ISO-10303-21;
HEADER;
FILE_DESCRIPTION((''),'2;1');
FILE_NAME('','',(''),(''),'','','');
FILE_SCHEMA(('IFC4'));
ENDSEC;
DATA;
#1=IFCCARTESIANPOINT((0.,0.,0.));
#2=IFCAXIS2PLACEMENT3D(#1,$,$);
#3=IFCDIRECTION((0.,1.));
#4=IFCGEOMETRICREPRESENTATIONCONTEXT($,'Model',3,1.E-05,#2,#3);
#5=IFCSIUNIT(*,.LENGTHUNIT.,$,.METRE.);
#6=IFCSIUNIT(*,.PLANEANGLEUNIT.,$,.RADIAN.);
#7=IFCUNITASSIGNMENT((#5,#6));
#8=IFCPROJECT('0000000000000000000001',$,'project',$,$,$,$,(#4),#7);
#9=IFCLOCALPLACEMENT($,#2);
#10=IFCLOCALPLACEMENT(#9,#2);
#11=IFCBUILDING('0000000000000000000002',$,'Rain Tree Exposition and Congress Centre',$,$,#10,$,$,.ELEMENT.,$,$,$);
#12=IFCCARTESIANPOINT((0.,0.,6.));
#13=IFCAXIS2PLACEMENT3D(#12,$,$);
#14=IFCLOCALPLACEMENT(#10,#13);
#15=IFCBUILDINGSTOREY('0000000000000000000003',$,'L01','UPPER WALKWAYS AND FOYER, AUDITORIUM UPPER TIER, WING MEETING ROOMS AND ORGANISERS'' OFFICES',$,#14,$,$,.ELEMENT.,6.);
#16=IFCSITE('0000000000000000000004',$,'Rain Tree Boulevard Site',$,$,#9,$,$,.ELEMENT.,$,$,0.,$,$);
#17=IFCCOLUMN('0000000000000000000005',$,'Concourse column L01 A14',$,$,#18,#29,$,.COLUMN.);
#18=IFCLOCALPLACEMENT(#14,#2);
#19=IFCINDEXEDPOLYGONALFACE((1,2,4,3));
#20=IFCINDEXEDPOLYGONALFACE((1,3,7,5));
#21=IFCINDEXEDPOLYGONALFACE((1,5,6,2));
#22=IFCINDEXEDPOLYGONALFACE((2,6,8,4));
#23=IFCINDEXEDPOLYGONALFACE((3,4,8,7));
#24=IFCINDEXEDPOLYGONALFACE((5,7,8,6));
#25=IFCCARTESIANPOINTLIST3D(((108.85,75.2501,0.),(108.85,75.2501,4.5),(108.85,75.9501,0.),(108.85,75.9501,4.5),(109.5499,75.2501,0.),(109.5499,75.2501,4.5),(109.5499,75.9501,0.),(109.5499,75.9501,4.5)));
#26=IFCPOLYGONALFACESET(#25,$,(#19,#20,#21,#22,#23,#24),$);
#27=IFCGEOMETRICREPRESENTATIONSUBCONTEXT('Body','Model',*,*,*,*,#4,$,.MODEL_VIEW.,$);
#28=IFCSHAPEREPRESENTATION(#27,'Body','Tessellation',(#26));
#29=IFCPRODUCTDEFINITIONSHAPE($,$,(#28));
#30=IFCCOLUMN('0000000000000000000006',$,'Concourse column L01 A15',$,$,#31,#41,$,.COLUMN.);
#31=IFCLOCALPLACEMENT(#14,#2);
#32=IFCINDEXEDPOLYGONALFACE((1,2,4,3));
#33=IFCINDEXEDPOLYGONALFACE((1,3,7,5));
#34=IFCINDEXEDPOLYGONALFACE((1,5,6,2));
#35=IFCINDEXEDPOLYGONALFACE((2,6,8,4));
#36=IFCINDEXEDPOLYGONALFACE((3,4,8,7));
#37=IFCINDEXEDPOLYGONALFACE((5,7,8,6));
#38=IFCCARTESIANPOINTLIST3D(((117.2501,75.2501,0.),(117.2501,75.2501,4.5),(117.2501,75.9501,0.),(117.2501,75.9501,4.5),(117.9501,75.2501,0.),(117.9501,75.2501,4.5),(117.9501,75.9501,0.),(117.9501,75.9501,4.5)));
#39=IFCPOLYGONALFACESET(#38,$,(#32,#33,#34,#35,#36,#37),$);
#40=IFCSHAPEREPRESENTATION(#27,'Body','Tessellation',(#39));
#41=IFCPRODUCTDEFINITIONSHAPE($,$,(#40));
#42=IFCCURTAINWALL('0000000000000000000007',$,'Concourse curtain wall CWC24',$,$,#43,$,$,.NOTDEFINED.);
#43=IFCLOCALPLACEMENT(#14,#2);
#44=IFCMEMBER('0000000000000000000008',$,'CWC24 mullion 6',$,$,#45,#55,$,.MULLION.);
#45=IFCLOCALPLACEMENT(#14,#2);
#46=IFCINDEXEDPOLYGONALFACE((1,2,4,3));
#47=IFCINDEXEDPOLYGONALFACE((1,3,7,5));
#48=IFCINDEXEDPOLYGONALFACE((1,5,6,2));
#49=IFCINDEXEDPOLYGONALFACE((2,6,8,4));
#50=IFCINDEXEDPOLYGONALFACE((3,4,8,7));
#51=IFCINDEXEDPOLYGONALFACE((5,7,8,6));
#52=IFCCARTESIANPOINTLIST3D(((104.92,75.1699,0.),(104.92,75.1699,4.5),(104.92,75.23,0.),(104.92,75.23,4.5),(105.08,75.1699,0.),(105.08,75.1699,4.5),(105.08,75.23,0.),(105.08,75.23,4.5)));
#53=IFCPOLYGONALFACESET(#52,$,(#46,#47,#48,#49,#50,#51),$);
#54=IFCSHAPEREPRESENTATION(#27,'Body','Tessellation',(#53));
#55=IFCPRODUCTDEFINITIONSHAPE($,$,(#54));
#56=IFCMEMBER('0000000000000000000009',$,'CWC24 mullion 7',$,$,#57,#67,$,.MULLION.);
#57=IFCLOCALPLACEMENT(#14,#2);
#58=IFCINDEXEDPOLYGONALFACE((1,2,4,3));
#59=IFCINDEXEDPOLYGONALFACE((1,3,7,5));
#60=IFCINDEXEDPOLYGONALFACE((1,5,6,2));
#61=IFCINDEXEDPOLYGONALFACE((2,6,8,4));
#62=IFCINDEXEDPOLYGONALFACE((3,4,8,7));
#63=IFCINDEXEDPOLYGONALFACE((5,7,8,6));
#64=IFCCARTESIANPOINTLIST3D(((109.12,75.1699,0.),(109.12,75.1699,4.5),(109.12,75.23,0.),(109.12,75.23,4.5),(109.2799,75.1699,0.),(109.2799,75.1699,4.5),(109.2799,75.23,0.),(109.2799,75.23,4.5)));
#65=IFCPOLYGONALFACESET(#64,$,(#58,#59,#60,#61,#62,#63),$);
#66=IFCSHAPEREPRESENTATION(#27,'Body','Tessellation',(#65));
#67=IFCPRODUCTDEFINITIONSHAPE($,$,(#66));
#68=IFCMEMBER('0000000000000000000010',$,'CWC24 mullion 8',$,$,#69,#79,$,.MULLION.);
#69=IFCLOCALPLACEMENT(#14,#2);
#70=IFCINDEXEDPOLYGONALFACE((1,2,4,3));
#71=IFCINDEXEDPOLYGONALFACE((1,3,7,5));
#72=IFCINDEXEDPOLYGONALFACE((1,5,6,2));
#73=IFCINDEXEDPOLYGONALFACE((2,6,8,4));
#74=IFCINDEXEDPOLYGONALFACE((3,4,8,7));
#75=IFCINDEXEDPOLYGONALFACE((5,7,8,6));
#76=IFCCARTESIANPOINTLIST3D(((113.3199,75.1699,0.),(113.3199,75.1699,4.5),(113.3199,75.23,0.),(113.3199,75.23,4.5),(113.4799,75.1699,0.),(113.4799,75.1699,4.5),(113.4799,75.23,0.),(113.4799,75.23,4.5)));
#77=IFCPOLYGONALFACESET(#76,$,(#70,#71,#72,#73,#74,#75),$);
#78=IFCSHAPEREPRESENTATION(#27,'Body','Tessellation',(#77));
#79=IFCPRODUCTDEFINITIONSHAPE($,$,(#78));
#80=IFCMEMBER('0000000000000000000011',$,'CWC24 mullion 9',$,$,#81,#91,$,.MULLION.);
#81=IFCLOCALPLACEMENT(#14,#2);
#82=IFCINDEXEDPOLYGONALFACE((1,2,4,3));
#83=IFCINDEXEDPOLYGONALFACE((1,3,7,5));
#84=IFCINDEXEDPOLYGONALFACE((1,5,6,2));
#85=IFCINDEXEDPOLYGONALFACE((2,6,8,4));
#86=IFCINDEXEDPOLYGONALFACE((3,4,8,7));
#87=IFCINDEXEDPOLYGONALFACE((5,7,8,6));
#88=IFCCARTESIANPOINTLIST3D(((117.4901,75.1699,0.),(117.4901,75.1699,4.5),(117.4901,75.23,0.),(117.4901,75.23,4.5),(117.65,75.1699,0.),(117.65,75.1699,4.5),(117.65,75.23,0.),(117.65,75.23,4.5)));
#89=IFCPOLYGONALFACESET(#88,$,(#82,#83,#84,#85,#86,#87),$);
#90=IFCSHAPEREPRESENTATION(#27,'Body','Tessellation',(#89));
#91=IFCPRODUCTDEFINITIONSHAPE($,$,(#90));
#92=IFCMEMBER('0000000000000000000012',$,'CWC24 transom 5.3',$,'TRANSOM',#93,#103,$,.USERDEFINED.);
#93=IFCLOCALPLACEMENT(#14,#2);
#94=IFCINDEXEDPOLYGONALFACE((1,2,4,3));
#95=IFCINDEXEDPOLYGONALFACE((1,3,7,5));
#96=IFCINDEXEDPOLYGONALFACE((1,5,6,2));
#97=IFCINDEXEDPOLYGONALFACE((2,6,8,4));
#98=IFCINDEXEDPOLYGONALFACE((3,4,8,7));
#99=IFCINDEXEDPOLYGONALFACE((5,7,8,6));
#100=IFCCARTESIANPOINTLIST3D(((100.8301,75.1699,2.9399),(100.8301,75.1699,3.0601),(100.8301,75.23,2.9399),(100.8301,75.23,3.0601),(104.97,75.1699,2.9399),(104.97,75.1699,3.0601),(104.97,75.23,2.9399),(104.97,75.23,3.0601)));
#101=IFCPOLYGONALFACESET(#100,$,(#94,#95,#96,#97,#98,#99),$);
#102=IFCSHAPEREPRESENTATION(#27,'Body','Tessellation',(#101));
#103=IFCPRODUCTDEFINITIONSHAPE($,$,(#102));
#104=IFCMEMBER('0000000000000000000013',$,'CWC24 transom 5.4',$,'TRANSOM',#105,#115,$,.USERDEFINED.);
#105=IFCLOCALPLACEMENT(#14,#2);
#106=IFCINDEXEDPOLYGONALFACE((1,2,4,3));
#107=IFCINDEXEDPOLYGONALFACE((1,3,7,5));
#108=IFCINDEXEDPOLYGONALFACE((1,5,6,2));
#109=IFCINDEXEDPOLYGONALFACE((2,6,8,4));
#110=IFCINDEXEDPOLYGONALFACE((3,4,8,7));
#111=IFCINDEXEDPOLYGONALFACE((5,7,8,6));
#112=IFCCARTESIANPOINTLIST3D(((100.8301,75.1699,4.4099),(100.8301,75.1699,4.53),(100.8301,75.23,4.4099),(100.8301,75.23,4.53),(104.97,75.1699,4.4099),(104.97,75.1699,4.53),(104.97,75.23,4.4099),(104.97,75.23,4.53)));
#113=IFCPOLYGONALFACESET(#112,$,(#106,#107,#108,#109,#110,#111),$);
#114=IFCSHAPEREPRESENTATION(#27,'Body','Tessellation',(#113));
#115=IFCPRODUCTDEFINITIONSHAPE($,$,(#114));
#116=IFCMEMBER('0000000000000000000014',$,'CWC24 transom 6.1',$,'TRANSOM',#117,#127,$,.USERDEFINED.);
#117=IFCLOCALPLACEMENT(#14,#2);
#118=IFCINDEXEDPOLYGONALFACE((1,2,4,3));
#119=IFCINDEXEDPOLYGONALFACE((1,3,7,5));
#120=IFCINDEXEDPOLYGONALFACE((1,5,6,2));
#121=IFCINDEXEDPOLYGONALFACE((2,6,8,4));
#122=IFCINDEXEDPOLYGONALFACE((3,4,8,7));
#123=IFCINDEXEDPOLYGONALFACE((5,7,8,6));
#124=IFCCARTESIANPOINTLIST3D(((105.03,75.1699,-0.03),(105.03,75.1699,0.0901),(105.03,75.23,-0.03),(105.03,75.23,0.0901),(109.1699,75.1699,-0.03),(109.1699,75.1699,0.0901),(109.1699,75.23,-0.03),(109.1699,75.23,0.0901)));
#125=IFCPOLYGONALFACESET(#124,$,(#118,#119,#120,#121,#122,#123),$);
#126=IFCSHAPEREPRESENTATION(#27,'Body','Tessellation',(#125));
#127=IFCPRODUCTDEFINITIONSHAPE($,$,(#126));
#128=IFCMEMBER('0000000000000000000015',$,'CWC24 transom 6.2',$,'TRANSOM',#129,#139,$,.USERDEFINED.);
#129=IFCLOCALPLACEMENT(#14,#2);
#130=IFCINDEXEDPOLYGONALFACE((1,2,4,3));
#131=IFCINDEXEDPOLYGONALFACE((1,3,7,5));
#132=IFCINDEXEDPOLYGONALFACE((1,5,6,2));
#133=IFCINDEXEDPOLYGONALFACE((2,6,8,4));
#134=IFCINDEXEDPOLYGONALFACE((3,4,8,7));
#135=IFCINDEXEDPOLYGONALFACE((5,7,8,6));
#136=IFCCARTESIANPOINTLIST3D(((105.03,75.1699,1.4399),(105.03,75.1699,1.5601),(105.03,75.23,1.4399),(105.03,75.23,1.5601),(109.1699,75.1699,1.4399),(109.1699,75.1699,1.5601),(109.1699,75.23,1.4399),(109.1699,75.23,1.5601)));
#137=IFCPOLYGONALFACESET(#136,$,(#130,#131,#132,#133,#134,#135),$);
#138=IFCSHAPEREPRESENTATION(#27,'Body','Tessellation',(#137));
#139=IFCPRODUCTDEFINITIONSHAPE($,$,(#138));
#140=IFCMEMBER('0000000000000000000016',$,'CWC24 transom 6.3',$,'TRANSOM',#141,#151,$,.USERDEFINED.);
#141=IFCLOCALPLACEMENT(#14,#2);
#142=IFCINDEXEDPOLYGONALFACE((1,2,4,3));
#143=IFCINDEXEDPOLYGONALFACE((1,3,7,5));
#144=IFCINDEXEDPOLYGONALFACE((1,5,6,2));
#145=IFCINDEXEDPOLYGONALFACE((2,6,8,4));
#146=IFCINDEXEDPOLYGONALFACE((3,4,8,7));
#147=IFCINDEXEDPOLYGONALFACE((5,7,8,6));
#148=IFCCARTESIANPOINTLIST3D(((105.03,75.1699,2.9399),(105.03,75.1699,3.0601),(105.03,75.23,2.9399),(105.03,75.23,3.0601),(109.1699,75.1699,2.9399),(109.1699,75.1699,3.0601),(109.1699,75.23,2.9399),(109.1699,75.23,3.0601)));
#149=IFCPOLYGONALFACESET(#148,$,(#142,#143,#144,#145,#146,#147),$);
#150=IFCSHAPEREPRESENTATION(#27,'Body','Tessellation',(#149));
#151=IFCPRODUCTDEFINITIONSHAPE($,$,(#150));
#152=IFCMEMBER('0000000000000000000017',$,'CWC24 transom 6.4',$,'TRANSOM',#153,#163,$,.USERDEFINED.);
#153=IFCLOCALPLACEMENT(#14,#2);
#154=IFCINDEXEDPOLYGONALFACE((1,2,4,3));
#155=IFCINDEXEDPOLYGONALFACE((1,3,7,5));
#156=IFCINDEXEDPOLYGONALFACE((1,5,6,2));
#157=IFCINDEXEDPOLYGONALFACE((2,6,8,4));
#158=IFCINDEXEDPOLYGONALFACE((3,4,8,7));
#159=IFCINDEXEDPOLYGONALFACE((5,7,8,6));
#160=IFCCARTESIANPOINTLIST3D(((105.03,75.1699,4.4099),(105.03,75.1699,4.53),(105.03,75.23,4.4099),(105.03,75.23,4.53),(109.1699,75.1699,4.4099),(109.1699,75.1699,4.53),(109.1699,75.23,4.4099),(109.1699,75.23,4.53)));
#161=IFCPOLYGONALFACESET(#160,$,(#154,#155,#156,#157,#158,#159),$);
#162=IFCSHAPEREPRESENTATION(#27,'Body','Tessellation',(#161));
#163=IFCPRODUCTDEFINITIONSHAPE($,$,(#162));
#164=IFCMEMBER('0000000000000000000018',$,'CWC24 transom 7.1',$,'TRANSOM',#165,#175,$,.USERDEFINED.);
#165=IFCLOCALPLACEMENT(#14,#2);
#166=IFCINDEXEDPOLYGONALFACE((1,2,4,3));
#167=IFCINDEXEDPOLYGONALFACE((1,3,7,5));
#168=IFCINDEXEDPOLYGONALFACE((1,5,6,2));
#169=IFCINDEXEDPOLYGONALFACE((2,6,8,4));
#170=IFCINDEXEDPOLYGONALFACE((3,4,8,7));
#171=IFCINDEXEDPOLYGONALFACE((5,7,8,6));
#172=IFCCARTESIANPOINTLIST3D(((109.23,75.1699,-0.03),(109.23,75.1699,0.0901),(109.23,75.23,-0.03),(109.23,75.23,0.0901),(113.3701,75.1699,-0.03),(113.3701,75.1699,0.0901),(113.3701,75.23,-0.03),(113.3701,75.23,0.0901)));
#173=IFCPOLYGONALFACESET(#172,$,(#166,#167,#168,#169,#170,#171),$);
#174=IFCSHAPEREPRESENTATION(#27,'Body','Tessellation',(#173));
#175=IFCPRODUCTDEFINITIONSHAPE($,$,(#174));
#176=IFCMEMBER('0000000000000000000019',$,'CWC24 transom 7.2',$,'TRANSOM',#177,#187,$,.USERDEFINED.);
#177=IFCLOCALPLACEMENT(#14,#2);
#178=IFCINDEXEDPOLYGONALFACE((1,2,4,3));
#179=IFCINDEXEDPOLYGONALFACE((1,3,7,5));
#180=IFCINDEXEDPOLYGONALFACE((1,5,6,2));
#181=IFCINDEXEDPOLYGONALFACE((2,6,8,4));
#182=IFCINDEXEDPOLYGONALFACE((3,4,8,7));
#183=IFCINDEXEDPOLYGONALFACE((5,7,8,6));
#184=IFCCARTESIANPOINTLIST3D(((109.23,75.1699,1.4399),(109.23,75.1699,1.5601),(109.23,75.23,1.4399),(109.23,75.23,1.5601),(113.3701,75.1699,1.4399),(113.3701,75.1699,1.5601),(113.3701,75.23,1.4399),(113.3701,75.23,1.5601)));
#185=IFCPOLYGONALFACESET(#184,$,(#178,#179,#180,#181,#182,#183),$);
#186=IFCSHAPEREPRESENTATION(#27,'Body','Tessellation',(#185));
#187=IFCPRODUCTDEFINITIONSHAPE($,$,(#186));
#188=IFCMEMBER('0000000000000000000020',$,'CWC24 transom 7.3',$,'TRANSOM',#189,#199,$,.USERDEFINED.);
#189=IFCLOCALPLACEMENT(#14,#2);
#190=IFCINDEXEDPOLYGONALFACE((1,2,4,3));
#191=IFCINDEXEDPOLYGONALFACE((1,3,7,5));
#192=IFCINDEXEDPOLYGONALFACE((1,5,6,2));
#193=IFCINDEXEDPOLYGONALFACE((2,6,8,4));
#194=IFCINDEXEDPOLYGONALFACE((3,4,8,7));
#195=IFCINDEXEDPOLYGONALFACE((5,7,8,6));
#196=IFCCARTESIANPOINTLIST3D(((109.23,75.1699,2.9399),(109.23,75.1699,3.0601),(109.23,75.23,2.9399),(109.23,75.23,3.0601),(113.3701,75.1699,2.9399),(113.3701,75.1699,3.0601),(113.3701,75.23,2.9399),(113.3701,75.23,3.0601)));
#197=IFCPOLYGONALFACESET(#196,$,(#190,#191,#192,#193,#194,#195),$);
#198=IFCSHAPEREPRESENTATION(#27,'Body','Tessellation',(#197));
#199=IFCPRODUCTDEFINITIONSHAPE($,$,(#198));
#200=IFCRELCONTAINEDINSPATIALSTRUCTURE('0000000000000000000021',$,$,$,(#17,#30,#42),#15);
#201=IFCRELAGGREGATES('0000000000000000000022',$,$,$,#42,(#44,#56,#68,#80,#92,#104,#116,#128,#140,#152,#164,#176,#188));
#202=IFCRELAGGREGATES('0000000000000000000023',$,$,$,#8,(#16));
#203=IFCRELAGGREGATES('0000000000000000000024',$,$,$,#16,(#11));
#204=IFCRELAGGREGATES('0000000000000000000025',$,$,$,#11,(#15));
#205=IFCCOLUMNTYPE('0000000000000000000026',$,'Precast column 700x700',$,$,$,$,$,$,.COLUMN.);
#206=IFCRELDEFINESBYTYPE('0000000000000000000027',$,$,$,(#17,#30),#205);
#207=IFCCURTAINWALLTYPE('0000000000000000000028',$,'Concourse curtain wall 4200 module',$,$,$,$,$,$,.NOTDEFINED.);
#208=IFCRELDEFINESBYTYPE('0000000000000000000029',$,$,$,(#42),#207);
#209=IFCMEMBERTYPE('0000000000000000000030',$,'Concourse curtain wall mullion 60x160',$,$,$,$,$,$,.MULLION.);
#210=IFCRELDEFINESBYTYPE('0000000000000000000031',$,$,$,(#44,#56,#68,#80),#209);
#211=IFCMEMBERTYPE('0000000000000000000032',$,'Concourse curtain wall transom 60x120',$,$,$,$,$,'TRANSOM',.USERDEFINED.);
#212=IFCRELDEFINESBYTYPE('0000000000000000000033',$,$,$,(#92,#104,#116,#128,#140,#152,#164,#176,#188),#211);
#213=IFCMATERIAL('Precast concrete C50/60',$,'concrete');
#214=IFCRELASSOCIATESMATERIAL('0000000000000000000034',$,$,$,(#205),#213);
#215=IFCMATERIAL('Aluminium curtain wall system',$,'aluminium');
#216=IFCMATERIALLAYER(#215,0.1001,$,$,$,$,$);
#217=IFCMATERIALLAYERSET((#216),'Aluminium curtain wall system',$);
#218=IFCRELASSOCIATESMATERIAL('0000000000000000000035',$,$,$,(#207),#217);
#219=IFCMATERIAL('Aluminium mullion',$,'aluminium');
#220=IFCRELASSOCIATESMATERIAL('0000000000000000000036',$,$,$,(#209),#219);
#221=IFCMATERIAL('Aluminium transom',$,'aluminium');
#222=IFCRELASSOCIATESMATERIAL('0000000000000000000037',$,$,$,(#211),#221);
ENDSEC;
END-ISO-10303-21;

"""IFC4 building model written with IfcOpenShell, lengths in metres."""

from ifc_helpers import new_model, si_unit, direction, frame, origin, origin_2d, place, context, subcontext, project, spatial, rectangle, extrude, material, layer, layer_set, material_profile, profile_set, type_object, element, aggregate, save


model = new_model("IFC4")

# Units and contexts
model_context = context("Model", 3, precision=1e-05, world=origin(), true_north=direction((0.0, 1.0)))
body_context = subcontext(model_context, "Body", "Model", "MODEL_VIEW")
ifc_project = project(units=[si_unit("LENGTHUNIT", "METRE"), si_unit("PLANEANGLEUNIT", "RADIAN")], contexts=[model_context])

# Site, building, storey
site_placement = place(None, origin())
site = spatial("IfcSite", under=ifc_project, at=site_placement, Name="Rain Tree Boulevard Site", CompositionType="ELEMENT", RefElevation=0.0)
building_placement = place(site_placement, origin())
building = spatial("IfcBuilding", under=site, at=building_placement, Name="Rain Tree Exposition and Congress Centre", CompositionType="ELEMENT")
storey_placement = place(building_placement, frame((0.0, 0.0, 6.0)))
storey = spatial("IfcBuildingStorey", under=building, at=storey_placement, Name="L01", Description="UPPER WALKWAYS AND FOYER, AUDITORIUM UPPER TIER, WING MEETING ROOMS AND ORGANISERS' OFFICES", CompositionType="ELEMENT", Elevation=6.0)

# Columns
ifc_material_1 = material(Name="Precast concrete C50/60", Category="concrete")
ifc_material_profile_1 = material_profile(ifc_material_1, rectangle(XDim=0.7, YDim=0.7, at=origin_2d()), Name="RC 700x700")
ifc_profile_set_1 = profile_set([ifc_material_profile_1], Name="Precast concrete C50/60")
column_type = type_object("IfcColumnType", Name="Precast column 700x700", PredefinedType="COLUMN", material=ifc_profile_set_1)
for number, where, z_axis, x_axis, name in (
    (1, (109.2, 75.6001, 0.0), (0.0, 0.0, 1.0), (1.0, 0.0, 0.0), "Concourse column L01 A14"),
    (2, (117.6001, 75.6001, 0.0), (0.0, 0.0, 1.0), (1.0, 0.0, 0.0), "Concourse column L01 A15"),
):
    element("IfcColumn", number, at=place(storey_placement, frame(where, z_axis=z_axis, x_axis=x_axis)), inside=storey, type_object=column_type, Name=name, PredefinedType="COLUMN", context=body_context, shape_type="SweptSolid", body=[
        extrude(rectangle(XDim=0.7, YDim=0.7, at=origin_2d()), origin(), (0.0, 0.0, 1.0), 4.5),
    ])

# Curtain wall, members
ifc_material_2 = material(Name="Aluminium curtain wall system", Category="aluminium")
ifc_layer_1 = layer(ifc_material_2, 0.1001)
ifc_layer_set_1 = layer_set([ifc_layer_1], Name="Aluminium curtain wall system")
curtain_wall_type = type_object("IfcCurtainWallType", Name="Concourse curtain wall 4200 module", PredefinedType="NOTDEFINED", material=ifc_layer_set_1)
curtain_wall_placement = place(storey_placement, origin())
curtain_wall = element("IfcCurtainWall", 3, at=curtain_wall_placement, inside=storey, type_object=curtain_wall_type, Name="Concourse curtain wall CWC24", PredefinedType="NOTDEFINED")
ifc_material_3 = material(Name="Aluminium mullion", Category="aluminium")
ifc_material_profile_2 = material_profile(ifc_material_3, rectangle(XDim=0.0601, YDim=0.1599, at=origin_2d()), Name="AL 60x160")
ifc_profile_set_2 = profile_set([ifc_material_profile_2], Name="Aluminium mullion")
member_type_1 = type_object("IfcMemberType", Name="Concourse curtain wall mullion 60x160", PredefinedType="MULLION", material=ifc_profile_set_2)
member_1_placement = place(storey_placement, frame((105.0, 75.2, 0.0), z_axis=(0.0, 0.0, 1.0), x_axis=(0.0, 1.0, 0.0)))
member_1 = element("IfcMember", 4, at=member_1_placement, type_object=member_type_1, Name="CWC24 mullion 6", PredefinedType="MULLION", context=body_context, shape_type="SweptSolid", body=[
    extrude(rectangle(XDim=0.0601, YDim=0.1599, at=origin_2d()), origin(), (0.0, 0.0, 1.0), 4.5),
])
member_2_placement = place(storey_placement, frame((109.2, 75.2, 0.0), z_axis=(0.0, 0.0, 1.0), x_axis=(0.0, 1.0, 0.0)))
member_2 = element("IfcMember", 5, at=member_2_placement, type_object=member_type_1, Name="CWC24 mullion 7", PredefinedType="MULLION", context=body_context, shape_type="SweptSolid", body=[
    extrude(rectangle(XDim=0.0601, YDim=0.1599, at=origin_2d()), origin(), (0.0, 0.0, 1.0), 4.5),
])
member_3_placement = place(storey_placement, frame((113.3999, 75.2, 0.0), z_axis=(0.0, 0.0, 1.0), x_axis=(0.0, 1.0, 0.0)))
member_3 = element("IfcMember", 6, at=member_3_placement, type_object=member_type_1, Name="CWC24 mullion 8", PredefinedType="MULLION", context=body_context, shape_type="SweptSolid", body=[
    extrude(rectangle(XDim=0.0601, YDim=0.1599, at=origin_2d()), origin(), (0.0, 0.0, 1.0), 4.5),
])
member_4_placement = place(storey_placement, frame((117.5701, 75.2, 0.0), z_axis=(0.0, 0.0, 1.0), x_axis=(0.0, 1.0, 0.0)))
member_4 = element("IfcMember", 7, at=member_4_placement, type_object=member_type_1, Name="CWC24 mullion 9", PredefinedType="MULLION", context=body_context, shape_type="SweptSolid", body=[
    extrude(rectangle(XDim=0.0601, YDim=0.1599, at=origin_2d()), origin(), (0.0, 0.0, 1.0), 4.5),
])
ifc_material_4 = material(Name="Aluminium transom", Category="aluminium")
ifc_material_profile_3 = material_profile(ifc_material_4, rectangle(XDim=0.0601, YDim=0.1201, at=origin_2d()), Name="AL 60x120")
ifc_profile_set_3 = profile_set([ifc_material_profile_3], Name="Aluminium transom")
member_type_2 = type_object("IfcMemberType", Name="Concourse curtain wall transom 60x120", ElementType="TRANSOM", PredefinedType="USERDEFINED", material=ifc_profile_set_3)
member_5_placement = place(storey_placement, frame((100.8301, 75.2, 3.0), z_axis=(1.0, 0.0, 0.0), x_axis=(0.0, 1.0, 0.0)))
member_5 = element("IfcMember", 8, at=member_5_placement, type_object=member_type_2, Name="CWC24 transom 5.3", ObjectType="TRANSOM", PredefinedType="USERDEFINED", context=body_context, shape_type="SweptSolid", body=[
    extrude(rectangle(XDim=0.0601, YDim=0.1201, at=origin_2d()), origin(), (0.0, 0.0, 1.0), 4.1399),
])
member_6_placement = place(storey_placement, frame((100.8301, 75.2, 4.47), z_axis=(1.0, 0.0, 0.0), x_axis=(0.0, 1.0, 0.0)))
member_6 = element("IfcMember", 9, at=member_6_placement, type_object=member_type_2, Name="CWC24 transom 5.4", ObjectType="TRANSOM", PredefinedType="USERDEFINED", context=body_context, shape_type="SweptSolid", body=[
    extrude(rectangle(XDim=0.0601, YDim=0.1201, at=origin_2d()), origin(), (0.0, 0.0, 1.0), 4.1399),
])
member_7_placement = place(storey_placement, frame((105.03, 75.2, 0.03), z_axis=(1.0, 0.0, 0.0), x_axis=(0.0, 1.0, 0.0)))
member_7 = element("IfcMember", 10, at=member_7_placement, type_object=member_type_2, Name="CWC24 transom 6.1", ObjectType="TRANSOM", PredefinedType="USERDEFINED", context=body_context, shape_type="SweptSolid", body=[
    extrude(rectangle(XDim=0.0601, YDim=0.1201, at=origin_2d()), origin(), (0.0, 0.0, 1.0), 4.1399),
])
member_8_placement = place(storey_placement, frame((105.03, 75.2, 1.5), z_axis=(1.0, 0.0, 0.0), x_axis=(0.0, 1.0, 0.0)))
member_8 = element("IfcMember", 11, at=member_8_placement, type_object=member_type_2, Name="CWC24 transom 6.2", ObjectType="TRANSOM", PredefinedType="USERDEFINED", context=body_context, shape_type="SweptSolid", body=[
    extrude(rectangle(XDim=0.0601, YDim=0.1201, at=origin_2d()), origin(), (0.0, 0.0, 1.0), 4.1399),
])
member_9_placement = place(storey_placement, frame((105.03, 75.2, 3.0), z_axis=(1.0, 0.0, 0.0), x_axis=(0.0, 1.0, 0.0)))
member_9 = element("IfcMember", 12, at=member_9_placement, type_object=member_type_2, Name="CWC24 transom 6.3", ObjectType="TRANSOM", PredefinedType="USERDEFINED", context=body_context, shape_type="SweptSolid", body=[
    extrude(rectangle(XDim=0.0601, YDim=0.1201, at=origin_2d()), origin(), (0.0, 0.0, 1.0), 4.1399),
])
member_10_placement = place(storey_placement, frame((105.03, 75.2, 4.47), z_axis=(1.0, 0.0, 0.0), x_axis=(0.0, 1.0, 0.0)))
member_10 = element("IfcMember", 13, at=member_10_placement, type_object=member_type_2, Name="CWC24 transom 6.4", ObjectType="TRANSOM", PredefinedType="USERDEFINED", context=body_context, shape_type="SweptSolid", body=[
    extrude(rectangle(XDim=0.0601, YDim=0.1201, at=origin_2d()), origin(), (0.0, 0.0, 1.0), 4.1399),
])
member_11_placement = place(storey_placement, frame((109.23, 75.2, 0.03), z_axis=(1.0, 0.0, 0.0), x_axis=(0.0, 1.0, 0.0)))
member_11 = element("IfcMember", 14, at=member_11_placement, type_object=member_type_2, Name="CWC24 transom 7.1", ObjectType="TRANSOM", PredefinedType="USERDEFINED", context=body_context, shape_type="SweptSolid", body=[
    extrude(rectangle(XDim=0.0601, YDim=0.1201, at=origin_2d()), origin(), (0.0, 0.0, 1.0), 4.1401),
])
member_12_placement = place(storey_placement, frame((109.23, 75.2, 1.5), z_axis=(1.0, 0.0, 0.0), x_axis=(0.0, 1.0, 0.0)))
member_12 = element("IfcMember", 15, at=member_12_placement, type_object=member_type_2, Name="CWC24 transom 7.2", ObjectType="TRANSOM", PredefinedType="USERDEFINED", context=body_context, shape_type="SweptSolid", body=[
    extrude(rectangle(XDim=0.0601, YDim=0.1201, at=origin_2d()), origin(), (0.0, 0.0, 1.0), 4.1401),
])
member_13_placement = place(storey_placement, frame((109.23, 75.2, 3.0), z_axis=(1.0, 0.0, 0.0), x_axis=(0.0, 1.0, 0.0)))
member_13 = element("IfcMember", 16, at=member_13_placement, type_object=member_type_2, Name="CWC24 transom 7.3", ObjectType="TRANSOM", PredefinedType="USERDEFINED", context=body_context, shape_type="SweptSolid", body=[
    extrude(rectangle(XDim=0.0601, YDim=0.1201, at=origin_2d()), origin(), (0.0, 0.0, 1.0), 4.1401),
])

aggregate(curtain_wall, [member_1, member_2, member_3, member_4, member_5, member_6, member_7, member_8, member_9, member_10, member_11, member_12, member_13])

save(model, "model.ifc")
